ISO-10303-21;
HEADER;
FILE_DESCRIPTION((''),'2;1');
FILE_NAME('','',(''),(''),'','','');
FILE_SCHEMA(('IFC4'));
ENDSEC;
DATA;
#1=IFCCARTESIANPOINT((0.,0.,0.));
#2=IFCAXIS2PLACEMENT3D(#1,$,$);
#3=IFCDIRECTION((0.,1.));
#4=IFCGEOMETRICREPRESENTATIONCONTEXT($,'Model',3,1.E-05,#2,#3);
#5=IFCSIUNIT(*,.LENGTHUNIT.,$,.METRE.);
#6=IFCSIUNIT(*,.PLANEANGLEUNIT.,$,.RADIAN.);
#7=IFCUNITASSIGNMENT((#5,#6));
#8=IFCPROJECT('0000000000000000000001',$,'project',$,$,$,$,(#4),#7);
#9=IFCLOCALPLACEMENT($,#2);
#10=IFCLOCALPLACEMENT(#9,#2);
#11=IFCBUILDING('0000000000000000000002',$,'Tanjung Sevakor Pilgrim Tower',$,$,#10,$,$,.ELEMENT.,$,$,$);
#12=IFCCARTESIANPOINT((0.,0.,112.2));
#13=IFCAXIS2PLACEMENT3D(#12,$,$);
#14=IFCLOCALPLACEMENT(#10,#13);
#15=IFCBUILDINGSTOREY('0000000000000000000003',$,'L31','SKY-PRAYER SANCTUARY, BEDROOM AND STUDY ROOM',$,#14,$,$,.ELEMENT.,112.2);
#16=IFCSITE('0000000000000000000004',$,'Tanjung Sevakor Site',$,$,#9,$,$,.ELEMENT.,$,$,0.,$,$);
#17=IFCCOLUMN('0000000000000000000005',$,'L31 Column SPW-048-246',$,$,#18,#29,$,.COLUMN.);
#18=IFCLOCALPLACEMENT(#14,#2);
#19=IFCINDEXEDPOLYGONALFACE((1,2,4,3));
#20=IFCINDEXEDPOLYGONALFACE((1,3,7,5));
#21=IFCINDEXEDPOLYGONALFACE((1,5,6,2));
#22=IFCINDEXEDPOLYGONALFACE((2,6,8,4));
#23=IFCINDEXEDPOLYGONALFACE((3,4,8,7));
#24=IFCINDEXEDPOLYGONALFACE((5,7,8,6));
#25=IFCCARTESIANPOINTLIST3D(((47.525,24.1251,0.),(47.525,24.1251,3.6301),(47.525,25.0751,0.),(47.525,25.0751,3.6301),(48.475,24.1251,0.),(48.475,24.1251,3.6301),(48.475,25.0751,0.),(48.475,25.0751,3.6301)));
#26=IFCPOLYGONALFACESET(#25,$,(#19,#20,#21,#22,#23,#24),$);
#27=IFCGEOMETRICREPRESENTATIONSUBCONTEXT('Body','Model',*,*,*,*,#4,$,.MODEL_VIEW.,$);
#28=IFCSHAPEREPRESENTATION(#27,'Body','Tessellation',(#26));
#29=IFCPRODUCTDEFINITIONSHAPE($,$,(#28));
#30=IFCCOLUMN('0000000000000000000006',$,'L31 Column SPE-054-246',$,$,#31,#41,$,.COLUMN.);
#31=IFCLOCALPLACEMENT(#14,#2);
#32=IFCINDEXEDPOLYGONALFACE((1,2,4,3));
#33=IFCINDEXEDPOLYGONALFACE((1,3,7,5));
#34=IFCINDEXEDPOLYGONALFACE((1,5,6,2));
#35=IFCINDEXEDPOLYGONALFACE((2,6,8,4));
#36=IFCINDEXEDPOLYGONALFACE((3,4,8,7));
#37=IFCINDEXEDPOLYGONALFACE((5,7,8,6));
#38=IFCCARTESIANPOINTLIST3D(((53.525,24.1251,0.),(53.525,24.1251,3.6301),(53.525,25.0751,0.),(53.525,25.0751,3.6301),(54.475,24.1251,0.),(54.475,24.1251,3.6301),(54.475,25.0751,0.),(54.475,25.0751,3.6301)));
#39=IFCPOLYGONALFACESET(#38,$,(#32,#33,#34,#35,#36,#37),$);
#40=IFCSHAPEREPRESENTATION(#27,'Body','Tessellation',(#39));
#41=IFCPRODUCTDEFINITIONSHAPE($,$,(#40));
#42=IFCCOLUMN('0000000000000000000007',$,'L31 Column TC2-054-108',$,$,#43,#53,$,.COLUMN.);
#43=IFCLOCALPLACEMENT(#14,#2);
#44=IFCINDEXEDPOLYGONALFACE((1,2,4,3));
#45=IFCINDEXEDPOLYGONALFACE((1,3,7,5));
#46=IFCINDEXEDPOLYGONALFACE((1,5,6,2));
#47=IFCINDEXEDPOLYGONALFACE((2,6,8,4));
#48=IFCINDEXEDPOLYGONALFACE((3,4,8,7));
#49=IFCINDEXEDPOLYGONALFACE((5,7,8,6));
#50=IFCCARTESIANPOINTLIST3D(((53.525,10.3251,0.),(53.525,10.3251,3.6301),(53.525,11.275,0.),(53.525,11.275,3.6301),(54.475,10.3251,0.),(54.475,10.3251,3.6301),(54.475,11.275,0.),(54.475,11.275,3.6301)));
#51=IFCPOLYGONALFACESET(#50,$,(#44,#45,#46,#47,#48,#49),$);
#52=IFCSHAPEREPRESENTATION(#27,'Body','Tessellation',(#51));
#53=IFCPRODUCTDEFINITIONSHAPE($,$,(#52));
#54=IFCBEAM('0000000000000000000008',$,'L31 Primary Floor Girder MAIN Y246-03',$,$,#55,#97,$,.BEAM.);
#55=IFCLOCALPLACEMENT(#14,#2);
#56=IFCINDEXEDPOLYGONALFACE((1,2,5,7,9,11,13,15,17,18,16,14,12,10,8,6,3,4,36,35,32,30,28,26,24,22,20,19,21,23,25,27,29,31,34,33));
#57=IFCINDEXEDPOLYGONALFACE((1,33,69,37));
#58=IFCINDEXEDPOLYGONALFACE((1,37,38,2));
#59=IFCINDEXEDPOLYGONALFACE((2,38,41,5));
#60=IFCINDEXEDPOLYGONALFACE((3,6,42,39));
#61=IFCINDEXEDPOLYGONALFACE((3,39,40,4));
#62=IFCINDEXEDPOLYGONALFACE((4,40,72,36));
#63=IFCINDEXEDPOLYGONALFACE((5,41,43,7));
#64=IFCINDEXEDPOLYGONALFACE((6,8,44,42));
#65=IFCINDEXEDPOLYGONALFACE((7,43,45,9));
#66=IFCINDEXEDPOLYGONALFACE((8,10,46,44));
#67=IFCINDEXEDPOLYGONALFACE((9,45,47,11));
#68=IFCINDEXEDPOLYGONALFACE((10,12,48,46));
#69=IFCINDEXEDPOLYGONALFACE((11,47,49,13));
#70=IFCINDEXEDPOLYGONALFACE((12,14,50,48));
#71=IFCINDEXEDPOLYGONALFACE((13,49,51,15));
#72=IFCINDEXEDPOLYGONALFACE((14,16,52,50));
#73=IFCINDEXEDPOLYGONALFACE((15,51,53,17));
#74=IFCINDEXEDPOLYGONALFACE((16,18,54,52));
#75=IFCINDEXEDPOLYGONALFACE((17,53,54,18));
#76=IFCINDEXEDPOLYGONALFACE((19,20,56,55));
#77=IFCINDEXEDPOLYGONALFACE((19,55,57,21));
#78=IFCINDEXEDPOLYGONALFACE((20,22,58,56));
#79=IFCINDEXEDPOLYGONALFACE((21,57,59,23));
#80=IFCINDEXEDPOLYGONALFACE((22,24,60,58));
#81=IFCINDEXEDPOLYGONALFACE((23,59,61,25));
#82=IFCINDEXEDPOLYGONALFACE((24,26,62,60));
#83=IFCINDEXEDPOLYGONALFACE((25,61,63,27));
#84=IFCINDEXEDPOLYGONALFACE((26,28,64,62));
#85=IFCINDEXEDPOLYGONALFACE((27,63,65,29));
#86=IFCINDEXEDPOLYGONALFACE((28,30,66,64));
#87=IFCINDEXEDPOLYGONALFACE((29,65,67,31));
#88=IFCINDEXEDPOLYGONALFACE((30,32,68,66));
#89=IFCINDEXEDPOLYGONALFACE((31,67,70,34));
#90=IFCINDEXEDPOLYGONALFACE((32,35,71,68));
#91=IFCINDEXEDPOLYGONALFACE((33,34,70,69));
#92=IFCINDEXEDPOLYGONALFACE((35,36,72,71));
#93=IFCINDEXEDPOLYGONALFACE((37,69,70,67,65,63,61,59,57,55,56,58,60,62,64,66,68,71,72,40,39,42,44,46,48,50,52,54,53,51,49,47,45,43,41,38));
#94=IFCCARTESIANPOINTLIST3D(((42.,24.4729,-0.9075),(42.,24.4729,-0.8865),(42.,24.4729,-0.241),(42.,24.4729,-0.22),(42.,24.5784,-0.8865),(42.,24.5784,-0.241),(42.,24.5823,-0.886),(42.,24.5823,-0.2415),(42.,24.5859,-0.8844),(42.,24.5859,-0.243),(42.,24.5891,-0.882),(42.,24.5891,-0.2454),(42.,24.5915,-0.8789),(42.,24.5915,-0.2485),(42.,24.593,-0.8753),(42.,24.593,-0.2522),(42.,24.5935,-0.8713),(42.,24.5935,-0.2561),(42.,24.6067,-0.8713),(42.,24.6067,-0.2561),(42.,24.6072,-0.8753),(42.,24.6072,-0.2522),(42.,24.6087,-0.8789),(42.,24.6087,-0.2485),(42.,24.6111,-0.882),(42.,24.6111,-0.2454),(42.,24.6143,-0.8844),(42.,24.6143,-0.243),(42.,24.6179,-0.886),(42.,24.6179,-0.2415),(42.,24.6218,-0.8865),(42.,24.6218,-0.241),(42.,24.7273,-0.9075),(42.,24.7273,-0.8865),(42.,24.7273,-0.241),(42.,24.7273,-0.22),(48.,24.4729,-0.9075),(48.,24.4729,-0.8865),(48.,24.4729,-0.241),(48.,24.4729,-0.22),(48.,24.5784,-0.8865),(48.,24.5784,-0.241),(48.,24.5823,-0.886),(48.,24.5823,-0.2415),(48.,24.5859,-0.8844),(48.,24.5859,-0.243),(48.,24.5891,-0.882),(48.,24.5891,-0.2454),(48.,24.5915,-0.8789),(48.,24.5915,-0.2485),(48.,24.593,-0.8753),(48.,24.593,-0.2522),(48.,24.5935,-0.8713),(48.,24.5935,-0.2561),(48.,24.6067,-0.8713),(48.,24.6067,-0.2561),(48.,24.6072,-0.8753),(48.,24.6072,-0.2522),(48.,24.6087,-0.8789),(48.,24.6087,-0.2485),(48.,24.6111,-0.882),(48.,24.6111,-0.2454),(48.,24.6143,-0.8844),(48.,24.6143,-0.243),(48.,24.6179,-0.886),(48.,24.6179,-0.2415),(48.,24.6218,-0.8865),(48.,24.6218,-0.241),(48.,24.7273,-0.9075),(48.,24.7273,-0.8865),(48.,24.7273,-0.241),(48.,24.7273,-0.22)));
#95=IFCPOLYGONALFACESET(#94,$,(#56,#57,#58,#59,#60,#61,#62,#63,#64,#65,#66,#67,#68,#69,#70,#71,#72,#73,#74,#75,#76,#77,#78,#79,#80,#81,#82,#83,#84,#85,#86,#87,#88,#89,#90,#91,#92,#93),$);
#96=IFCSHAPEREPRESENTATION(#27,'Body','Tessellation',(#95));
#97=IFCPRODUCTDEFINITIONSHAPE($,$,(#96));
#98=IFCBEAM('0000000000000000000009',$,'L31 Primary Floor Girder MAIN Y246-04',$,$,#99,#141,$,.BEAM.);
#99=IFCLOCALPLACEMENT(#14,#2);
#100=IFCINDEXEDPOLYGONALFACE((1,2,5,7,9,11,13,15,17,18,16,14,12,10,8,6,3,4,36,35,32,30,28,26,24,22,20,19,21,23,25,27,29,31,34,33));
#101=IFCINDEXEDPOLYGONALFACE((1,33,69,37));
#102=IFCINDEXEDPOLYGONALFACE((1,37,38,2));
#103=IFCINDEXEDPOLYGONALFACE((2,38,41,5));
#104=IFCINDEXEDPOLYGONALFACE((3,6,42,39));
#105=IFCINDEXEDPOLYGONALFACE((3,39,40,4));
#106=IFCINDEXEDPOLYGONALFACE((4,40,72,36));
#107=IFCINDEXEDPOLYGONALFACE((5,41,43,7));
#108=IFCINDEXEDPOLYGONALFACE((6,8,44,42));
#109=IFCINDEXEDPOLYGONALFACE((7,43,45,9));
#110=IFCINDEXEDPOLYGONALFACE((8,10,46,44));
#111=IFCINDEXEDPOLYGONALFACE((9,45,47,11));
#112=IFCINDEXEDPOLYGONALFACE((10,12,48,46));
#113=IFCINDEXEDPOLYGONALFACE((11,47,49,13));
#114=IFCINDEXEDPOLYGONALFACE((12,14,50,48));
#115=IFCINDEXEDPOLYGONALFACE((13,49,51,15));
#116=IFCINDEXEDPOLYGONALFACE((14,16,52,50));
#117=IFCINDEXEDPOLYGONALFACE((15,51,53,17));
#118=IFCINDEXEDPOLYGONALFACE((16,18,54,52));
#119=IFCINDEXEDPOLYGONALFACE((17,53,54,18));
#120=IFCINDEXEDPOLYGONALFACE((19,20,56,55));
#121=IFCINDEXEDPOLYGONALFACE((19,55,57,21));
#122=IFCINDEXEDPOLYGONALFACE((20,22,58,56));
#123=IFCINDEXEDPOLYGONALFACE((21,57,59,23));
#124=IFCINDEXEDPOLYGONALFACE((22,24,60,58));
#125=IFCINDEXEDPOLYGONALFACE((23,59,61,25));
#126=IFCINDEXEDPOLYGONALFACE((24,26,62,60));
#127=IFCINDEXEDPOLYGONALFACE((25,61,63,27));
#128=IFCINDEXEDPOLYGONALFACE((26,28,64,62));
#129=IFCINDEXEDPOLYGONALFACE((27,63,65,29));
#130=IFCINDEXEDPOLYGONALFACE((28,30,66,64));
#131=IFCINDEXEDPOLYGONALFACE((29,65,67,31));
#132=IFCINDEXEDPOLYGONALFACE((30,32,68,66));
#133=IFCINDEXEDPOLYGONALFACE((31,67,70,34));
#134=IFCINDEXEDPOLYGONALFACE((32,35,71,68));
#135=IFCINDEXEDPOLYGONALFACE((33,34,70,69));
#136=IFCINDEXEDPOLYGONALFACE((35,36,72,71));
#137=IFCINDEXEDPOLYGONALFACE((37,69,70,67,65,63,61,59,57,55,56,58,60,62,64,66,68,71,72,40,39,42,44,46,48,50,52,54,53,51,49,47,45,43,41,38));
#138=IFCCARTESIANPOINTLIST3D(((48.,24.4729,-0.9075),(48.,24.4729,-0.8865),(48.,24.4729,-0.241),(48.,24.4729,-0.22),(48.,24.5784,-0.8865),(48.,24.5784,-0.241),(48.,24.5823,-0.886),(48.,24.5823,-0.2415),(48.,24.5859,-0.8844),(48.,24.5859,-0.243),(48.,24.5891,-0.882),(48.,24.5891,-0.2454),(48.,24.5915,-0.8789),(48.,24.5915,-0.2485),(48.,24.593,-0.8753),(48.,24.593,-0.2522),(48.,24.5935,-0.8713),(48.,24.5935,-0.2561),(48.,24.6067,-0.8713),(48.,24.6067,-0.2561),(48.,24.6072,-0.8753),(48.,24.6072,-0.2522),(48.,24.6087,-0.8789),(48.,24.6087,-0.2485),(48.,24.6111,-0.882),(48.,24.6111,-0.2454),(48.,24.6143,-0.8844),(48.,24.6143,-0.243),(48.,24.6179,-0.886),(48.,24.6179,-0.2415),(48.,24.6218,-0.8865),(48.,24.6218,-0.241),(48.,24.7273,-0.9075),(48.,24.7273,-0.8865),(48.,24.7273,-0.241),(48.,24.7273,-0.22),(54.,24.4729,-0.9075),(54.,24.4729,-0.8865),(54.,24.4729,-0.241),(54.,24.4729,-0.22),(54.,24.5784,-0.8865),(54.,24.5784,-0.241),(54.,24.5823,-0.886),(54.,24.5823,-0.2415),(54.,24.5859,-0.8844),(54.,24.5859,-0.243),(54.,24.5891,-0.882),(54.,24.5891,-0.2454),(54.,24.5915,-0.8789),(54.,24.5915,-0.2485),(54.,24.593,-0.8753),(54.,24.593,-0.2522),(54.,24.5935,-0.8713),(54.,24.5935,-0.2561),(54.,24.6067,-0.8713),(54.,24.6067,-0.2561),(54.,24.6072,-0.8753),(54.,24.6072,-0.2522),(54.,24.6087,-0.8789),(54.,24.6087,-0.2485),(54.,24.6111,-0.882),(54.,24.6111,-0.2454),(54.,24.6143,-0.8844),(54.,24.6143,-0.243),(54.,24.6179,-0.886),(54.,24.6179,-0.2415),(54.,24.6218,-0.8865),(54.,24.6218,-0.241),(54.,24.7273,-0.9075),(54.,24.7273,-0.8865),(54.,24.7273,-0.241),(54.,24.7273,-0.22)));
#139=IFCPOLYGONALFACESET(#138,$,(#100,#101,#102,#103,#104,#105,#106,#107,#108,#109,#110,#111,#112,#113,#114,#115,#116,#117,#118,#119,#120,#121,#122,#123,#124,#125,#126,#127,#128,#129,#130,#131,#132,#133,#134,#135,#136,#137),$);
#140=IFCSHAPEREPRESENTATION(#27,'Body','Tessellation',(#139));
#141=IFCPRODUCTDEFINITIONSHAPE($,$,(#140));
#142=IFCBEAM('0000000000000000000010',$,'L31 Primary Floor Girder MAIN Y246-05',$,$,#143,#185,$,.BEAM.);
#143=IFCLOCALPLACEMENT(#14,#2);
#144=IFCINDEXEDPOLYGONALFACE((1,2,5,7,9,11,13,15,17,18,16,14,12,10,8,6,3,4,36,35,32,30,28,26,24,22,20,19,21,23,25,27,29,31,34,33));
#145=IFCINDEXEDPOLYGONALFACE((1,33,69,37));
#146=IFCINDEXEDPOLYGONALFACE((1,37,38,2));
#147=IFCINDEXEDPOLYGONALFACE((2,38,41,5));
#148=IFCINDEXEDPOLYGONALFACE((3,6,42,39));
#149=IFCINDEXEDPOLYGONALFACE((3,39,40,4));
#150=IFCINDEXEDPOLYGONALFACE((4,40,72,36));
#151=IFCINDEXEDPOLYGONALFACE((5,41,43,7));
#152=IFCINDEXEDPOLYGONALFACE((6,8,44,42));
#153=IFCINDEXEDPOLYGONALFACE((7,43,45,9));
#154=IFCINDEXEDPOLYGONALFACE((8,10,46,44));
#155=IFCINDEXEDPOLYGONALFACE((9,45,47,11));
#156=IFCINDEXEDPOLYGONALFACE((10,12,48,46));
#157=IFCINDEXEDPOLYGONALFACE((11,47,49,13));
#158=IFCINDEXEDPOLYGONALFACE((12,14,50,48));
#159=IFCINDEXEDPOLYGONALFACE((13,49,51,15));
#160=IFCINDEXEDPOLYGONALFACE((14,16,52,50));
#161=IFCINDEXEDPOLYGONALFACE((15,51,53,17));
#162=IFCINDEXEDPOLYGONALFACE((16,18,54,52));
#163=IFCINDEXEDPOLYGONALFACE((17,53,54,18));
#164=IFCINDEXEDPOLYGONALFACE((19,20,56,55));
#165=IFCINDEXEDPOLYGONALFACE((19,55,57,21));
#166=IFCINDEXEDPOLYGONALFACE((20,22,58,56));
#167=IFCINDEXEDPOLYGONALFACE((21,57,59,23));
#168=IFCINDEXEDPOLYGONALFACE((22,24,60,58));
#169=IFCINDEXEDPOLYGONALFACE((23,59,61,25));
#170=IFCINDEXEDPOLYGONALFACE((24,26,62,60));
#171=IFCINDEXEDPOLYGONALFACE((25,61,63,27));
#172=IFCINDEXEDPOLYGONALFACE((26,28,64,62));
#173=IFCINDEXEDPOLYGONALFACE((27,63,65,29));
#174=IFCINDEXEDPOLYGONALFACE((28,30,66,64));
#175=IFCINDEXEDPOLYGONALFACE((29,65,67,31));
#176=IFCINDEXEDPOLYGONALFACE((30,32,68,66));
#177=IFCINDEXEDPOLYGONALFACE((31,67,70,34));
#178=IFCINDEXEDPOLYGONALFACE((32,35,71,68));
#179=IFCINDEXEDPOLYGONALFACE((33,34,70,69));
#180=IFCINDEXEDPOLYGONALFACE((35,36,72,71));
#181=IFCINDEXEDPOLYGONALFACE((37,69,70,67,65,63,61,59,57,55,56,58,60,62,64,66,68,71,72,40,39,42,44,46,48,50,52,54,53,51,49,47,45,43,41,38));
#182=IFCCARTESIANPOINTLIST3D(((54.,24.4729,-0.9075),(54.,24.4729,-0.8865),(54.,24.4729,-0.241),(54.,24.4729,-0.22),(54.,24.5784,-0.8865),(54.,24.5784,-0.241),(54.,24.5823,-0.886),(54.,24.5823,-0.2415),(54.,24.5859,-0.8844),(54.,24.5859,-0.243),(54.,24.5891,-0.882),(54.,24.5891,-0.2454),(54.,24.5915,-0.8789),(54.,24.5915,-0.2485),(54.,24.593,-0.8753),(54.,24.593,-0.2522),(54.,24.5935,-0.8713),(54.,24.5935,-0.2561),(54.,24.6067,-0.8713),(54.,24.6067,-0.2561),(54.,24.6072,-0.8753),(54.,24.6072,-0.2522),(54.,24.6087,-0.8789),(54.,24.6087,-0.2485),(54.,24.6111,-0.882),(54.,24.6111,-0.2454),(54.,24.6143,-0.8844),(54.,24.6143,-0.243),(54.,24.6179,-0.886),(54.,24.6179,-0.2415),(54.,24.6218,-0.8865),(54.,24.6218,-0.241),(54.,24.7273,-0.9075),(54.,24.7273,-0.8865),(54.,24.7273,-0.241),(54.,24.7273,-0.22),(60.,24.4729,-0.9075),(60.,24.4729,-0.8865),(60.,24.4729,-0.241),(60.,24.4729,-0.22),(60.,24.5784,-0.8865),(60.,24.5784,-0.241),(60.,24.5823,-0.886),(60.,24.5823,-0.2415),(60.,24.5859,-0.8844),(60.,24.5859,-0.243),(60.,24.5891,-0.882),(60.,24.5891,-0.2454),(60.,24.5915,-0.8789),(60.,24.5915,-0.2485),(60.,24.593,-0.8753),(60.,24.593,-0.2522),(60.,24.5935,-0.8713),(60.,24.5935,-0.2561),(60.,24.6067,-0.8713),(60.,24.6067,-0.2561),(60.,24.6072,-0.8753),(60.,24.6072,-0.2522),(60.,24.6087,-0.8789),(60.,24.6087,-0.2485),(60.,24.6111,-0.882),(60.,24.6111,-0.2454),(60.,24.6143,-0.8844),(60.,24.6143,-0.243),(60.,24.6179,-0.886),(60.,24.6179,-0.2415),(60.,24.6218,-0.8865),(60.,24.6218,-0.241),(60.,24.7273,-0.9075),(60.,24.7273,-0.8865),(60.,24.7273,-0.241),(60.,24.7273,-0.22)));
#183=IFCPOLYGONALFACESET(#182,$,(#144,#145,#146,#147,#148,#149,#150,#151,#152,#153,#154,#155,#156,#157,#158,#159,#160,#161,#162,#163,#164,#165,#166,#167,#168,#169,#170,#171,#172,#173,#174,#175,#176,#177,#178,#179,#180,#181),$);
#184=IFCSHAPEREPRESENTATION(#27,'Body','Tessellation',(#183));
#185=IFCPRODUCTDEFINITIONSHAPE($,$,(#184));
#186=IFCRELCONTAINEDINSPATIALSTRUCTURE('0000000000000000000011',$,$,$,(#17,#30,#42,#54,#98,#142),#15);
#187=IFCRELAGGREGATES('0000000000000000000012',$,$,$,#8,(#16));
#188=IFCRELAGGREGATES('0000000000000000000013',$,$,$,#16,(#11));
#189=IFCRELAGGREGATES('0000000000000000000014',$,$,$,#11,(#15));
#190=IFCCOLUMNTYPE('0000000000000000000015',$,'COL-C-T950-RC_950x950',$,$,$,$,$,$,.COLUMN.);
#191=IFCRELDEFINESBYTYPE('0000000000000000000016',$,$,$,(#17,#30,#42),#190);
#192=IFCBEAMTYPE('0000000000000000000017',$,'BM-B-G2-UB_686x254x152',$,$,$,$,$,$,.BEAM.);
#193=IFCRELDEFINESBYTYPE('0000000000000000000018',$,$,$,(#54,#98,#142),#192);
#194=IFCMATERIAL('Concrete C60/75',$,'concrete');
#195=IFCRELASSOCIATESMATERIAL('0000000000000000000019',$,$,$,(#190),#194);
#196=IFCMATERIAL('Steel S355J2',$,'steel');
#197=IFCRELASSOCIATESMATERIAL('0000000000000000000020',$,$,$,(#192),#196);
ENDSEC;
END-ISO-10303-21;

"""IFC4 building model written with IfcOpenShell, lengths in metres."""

from ifc_helpers import new_model, si_unit, direction, frame, origin, origin_2d, place, context, subcontext, project, spatial, rectangle, i_section, extrude, material, material_profile, profile_set, type_object, element, save


model = new_model("IFC4")

# Units and contexts
model_context = context("Model", 3, precision=1e-05, world=origin(), true_north=direction((0.0, 1.0)))
body_context = subcontext(model_context, "Body", "Model", "MODEL_VIEW")
ifc_project = project(units=[si_unit("LENGTHUNIT", "METRE"), si_unit("PLANEANGLEUNIT", "RADIAN")], contexts=[model_context])

# Site, building, storey
site_placement = place(None, origin())
site = spatial("IfcSite", under=ifc_project, at=site_placement, Name="Tanjung Sevakor Site", CompositionType="ELEMENT", RefElevation=0.0)
building_placement = place(site_placement, origin())
building = spatial("IfcBuilding", under=site, at=building_placement, Name="Tanjung Sevakor Pilgrim Tower", CompositionType="ELEMENT")
storey_placement = place(building_placement, frame((0.0, 0.0, 112.2)))
storey = spatial("IfcBuildingStorey", under=building, at=storey_placement, Name="L31", Description="SKY-PRAYER SANCTUARY, BEDROOM AND STUDY ROOM", CompositionType="ELEMENT", Elevation=112.2)

# Columns
ifc_material_1 = material(Name="Concrete C60/75", Category="concrete")
ifc_material_profile_1 = material_profile(ifc_material_1, rectangle(XDim=0.95, YDim=0.95, at=origin_2d()))
ifc_profile_set_1 = profile_set([ifc_material_profile_1], Name="Concrete C60/75")
column_type = type_object("IfcColumnType", Name="COL-C-T950-RC_950x950", PredefinedType="COLUMN", material=ifc_profile_set_1)
for number, where, z_axis, x_axis, name in (
    (1, (48.0, 24.6001, 0.0), (0.0, 0.0, 1.0), (1.0, 0.0, 0.0), "L31 Column SPW-048-246"),
    (2, (54.0, 24.6001, 0.0), (0.0, 0.0, 1.0), (1.0, 0.0, 0.0), "L31 Column SPE-054-246"),
    (3, (54.0, 10.8, 0.0), (0.0, 0.0, 1.0), (1.0, 0.0, 0.0), "L31 Column TC2-054-108"),
):
    element("IfcColumn", number, at=place(storey_placement, frame(where, z_axis=z_axis, x_axis=x_axis)), inside=storey, type_object=column_type, Name=name, PredefinedType="COLUMN", context=body_context, shape_type="SweptSolid", body=[
        extrude(rectangle(XDim=0.95, YDim=0.95, at=origin_2d()), origin(), (0.0, 0.0, 1.0), 3.6301),
    ])

# Beams
ifc_material_2 = material(Name="Steel S355J2", Category="steel")
ifc_material_profile_2 = material_profile(ifc_material_2, i_section(OverallWidth=0.2544, OverallDepth=0.6875, WebThickness=0.0132, FlangeThickness=0.021, FilletRadius=0.0151, at=origin_2d()))
ifc_profile_set_2 = profile_set([ifc_material_profile_2], Name="Steel S355J2")
beam_type_1 = type_object("IfcBeamType", Name="BM-B-G2-UB_686x254x152", PredefinedType="BEAM", material=ifc_profile_set_2)
for number, where, z_axis, x_axis, name in (
    (4, (42.0, 24.6001, -0.5637), (1.0, 0.0, 0.0), (0.0, 1.0, 0.0), "L31 Primary Floor Girder MAIN Y246-03"),
    (5, (48.0, 24.6001, -0.5637), (1.0, 0.0, 0.0), (0.0, 1.0, 0.0), "L31 Primary Floor Girder MAIN Y246-04"),
    (6, (54.0, 24.6001, -0.5637), (1.0, 0.0, 0.0), (0.0, 1.0, 0.0), "L31 Primary Floor Girder MAIN Y246-05"),
):
    element("IfcBeam", number, at=place(storey_placement, frame(where, z_axis=z_axis, x_axis=x_axis)), inside=storey, type_object=beam_type_1, Name=name, PredefinedType="BEAM", context=body_context, shape_type="SweptSolid", body=[
        extrude(i_section(OverallWidth=0.2544, OverallDepth=0.6875, WebThickness=0.0132, FlangeThickness=0.021, FilletRadius=0.0151, at=origin_2d()), origin(), (0.0, 0.0, 1.0), 6.0),
    ])

save(model, "model.ifc")
